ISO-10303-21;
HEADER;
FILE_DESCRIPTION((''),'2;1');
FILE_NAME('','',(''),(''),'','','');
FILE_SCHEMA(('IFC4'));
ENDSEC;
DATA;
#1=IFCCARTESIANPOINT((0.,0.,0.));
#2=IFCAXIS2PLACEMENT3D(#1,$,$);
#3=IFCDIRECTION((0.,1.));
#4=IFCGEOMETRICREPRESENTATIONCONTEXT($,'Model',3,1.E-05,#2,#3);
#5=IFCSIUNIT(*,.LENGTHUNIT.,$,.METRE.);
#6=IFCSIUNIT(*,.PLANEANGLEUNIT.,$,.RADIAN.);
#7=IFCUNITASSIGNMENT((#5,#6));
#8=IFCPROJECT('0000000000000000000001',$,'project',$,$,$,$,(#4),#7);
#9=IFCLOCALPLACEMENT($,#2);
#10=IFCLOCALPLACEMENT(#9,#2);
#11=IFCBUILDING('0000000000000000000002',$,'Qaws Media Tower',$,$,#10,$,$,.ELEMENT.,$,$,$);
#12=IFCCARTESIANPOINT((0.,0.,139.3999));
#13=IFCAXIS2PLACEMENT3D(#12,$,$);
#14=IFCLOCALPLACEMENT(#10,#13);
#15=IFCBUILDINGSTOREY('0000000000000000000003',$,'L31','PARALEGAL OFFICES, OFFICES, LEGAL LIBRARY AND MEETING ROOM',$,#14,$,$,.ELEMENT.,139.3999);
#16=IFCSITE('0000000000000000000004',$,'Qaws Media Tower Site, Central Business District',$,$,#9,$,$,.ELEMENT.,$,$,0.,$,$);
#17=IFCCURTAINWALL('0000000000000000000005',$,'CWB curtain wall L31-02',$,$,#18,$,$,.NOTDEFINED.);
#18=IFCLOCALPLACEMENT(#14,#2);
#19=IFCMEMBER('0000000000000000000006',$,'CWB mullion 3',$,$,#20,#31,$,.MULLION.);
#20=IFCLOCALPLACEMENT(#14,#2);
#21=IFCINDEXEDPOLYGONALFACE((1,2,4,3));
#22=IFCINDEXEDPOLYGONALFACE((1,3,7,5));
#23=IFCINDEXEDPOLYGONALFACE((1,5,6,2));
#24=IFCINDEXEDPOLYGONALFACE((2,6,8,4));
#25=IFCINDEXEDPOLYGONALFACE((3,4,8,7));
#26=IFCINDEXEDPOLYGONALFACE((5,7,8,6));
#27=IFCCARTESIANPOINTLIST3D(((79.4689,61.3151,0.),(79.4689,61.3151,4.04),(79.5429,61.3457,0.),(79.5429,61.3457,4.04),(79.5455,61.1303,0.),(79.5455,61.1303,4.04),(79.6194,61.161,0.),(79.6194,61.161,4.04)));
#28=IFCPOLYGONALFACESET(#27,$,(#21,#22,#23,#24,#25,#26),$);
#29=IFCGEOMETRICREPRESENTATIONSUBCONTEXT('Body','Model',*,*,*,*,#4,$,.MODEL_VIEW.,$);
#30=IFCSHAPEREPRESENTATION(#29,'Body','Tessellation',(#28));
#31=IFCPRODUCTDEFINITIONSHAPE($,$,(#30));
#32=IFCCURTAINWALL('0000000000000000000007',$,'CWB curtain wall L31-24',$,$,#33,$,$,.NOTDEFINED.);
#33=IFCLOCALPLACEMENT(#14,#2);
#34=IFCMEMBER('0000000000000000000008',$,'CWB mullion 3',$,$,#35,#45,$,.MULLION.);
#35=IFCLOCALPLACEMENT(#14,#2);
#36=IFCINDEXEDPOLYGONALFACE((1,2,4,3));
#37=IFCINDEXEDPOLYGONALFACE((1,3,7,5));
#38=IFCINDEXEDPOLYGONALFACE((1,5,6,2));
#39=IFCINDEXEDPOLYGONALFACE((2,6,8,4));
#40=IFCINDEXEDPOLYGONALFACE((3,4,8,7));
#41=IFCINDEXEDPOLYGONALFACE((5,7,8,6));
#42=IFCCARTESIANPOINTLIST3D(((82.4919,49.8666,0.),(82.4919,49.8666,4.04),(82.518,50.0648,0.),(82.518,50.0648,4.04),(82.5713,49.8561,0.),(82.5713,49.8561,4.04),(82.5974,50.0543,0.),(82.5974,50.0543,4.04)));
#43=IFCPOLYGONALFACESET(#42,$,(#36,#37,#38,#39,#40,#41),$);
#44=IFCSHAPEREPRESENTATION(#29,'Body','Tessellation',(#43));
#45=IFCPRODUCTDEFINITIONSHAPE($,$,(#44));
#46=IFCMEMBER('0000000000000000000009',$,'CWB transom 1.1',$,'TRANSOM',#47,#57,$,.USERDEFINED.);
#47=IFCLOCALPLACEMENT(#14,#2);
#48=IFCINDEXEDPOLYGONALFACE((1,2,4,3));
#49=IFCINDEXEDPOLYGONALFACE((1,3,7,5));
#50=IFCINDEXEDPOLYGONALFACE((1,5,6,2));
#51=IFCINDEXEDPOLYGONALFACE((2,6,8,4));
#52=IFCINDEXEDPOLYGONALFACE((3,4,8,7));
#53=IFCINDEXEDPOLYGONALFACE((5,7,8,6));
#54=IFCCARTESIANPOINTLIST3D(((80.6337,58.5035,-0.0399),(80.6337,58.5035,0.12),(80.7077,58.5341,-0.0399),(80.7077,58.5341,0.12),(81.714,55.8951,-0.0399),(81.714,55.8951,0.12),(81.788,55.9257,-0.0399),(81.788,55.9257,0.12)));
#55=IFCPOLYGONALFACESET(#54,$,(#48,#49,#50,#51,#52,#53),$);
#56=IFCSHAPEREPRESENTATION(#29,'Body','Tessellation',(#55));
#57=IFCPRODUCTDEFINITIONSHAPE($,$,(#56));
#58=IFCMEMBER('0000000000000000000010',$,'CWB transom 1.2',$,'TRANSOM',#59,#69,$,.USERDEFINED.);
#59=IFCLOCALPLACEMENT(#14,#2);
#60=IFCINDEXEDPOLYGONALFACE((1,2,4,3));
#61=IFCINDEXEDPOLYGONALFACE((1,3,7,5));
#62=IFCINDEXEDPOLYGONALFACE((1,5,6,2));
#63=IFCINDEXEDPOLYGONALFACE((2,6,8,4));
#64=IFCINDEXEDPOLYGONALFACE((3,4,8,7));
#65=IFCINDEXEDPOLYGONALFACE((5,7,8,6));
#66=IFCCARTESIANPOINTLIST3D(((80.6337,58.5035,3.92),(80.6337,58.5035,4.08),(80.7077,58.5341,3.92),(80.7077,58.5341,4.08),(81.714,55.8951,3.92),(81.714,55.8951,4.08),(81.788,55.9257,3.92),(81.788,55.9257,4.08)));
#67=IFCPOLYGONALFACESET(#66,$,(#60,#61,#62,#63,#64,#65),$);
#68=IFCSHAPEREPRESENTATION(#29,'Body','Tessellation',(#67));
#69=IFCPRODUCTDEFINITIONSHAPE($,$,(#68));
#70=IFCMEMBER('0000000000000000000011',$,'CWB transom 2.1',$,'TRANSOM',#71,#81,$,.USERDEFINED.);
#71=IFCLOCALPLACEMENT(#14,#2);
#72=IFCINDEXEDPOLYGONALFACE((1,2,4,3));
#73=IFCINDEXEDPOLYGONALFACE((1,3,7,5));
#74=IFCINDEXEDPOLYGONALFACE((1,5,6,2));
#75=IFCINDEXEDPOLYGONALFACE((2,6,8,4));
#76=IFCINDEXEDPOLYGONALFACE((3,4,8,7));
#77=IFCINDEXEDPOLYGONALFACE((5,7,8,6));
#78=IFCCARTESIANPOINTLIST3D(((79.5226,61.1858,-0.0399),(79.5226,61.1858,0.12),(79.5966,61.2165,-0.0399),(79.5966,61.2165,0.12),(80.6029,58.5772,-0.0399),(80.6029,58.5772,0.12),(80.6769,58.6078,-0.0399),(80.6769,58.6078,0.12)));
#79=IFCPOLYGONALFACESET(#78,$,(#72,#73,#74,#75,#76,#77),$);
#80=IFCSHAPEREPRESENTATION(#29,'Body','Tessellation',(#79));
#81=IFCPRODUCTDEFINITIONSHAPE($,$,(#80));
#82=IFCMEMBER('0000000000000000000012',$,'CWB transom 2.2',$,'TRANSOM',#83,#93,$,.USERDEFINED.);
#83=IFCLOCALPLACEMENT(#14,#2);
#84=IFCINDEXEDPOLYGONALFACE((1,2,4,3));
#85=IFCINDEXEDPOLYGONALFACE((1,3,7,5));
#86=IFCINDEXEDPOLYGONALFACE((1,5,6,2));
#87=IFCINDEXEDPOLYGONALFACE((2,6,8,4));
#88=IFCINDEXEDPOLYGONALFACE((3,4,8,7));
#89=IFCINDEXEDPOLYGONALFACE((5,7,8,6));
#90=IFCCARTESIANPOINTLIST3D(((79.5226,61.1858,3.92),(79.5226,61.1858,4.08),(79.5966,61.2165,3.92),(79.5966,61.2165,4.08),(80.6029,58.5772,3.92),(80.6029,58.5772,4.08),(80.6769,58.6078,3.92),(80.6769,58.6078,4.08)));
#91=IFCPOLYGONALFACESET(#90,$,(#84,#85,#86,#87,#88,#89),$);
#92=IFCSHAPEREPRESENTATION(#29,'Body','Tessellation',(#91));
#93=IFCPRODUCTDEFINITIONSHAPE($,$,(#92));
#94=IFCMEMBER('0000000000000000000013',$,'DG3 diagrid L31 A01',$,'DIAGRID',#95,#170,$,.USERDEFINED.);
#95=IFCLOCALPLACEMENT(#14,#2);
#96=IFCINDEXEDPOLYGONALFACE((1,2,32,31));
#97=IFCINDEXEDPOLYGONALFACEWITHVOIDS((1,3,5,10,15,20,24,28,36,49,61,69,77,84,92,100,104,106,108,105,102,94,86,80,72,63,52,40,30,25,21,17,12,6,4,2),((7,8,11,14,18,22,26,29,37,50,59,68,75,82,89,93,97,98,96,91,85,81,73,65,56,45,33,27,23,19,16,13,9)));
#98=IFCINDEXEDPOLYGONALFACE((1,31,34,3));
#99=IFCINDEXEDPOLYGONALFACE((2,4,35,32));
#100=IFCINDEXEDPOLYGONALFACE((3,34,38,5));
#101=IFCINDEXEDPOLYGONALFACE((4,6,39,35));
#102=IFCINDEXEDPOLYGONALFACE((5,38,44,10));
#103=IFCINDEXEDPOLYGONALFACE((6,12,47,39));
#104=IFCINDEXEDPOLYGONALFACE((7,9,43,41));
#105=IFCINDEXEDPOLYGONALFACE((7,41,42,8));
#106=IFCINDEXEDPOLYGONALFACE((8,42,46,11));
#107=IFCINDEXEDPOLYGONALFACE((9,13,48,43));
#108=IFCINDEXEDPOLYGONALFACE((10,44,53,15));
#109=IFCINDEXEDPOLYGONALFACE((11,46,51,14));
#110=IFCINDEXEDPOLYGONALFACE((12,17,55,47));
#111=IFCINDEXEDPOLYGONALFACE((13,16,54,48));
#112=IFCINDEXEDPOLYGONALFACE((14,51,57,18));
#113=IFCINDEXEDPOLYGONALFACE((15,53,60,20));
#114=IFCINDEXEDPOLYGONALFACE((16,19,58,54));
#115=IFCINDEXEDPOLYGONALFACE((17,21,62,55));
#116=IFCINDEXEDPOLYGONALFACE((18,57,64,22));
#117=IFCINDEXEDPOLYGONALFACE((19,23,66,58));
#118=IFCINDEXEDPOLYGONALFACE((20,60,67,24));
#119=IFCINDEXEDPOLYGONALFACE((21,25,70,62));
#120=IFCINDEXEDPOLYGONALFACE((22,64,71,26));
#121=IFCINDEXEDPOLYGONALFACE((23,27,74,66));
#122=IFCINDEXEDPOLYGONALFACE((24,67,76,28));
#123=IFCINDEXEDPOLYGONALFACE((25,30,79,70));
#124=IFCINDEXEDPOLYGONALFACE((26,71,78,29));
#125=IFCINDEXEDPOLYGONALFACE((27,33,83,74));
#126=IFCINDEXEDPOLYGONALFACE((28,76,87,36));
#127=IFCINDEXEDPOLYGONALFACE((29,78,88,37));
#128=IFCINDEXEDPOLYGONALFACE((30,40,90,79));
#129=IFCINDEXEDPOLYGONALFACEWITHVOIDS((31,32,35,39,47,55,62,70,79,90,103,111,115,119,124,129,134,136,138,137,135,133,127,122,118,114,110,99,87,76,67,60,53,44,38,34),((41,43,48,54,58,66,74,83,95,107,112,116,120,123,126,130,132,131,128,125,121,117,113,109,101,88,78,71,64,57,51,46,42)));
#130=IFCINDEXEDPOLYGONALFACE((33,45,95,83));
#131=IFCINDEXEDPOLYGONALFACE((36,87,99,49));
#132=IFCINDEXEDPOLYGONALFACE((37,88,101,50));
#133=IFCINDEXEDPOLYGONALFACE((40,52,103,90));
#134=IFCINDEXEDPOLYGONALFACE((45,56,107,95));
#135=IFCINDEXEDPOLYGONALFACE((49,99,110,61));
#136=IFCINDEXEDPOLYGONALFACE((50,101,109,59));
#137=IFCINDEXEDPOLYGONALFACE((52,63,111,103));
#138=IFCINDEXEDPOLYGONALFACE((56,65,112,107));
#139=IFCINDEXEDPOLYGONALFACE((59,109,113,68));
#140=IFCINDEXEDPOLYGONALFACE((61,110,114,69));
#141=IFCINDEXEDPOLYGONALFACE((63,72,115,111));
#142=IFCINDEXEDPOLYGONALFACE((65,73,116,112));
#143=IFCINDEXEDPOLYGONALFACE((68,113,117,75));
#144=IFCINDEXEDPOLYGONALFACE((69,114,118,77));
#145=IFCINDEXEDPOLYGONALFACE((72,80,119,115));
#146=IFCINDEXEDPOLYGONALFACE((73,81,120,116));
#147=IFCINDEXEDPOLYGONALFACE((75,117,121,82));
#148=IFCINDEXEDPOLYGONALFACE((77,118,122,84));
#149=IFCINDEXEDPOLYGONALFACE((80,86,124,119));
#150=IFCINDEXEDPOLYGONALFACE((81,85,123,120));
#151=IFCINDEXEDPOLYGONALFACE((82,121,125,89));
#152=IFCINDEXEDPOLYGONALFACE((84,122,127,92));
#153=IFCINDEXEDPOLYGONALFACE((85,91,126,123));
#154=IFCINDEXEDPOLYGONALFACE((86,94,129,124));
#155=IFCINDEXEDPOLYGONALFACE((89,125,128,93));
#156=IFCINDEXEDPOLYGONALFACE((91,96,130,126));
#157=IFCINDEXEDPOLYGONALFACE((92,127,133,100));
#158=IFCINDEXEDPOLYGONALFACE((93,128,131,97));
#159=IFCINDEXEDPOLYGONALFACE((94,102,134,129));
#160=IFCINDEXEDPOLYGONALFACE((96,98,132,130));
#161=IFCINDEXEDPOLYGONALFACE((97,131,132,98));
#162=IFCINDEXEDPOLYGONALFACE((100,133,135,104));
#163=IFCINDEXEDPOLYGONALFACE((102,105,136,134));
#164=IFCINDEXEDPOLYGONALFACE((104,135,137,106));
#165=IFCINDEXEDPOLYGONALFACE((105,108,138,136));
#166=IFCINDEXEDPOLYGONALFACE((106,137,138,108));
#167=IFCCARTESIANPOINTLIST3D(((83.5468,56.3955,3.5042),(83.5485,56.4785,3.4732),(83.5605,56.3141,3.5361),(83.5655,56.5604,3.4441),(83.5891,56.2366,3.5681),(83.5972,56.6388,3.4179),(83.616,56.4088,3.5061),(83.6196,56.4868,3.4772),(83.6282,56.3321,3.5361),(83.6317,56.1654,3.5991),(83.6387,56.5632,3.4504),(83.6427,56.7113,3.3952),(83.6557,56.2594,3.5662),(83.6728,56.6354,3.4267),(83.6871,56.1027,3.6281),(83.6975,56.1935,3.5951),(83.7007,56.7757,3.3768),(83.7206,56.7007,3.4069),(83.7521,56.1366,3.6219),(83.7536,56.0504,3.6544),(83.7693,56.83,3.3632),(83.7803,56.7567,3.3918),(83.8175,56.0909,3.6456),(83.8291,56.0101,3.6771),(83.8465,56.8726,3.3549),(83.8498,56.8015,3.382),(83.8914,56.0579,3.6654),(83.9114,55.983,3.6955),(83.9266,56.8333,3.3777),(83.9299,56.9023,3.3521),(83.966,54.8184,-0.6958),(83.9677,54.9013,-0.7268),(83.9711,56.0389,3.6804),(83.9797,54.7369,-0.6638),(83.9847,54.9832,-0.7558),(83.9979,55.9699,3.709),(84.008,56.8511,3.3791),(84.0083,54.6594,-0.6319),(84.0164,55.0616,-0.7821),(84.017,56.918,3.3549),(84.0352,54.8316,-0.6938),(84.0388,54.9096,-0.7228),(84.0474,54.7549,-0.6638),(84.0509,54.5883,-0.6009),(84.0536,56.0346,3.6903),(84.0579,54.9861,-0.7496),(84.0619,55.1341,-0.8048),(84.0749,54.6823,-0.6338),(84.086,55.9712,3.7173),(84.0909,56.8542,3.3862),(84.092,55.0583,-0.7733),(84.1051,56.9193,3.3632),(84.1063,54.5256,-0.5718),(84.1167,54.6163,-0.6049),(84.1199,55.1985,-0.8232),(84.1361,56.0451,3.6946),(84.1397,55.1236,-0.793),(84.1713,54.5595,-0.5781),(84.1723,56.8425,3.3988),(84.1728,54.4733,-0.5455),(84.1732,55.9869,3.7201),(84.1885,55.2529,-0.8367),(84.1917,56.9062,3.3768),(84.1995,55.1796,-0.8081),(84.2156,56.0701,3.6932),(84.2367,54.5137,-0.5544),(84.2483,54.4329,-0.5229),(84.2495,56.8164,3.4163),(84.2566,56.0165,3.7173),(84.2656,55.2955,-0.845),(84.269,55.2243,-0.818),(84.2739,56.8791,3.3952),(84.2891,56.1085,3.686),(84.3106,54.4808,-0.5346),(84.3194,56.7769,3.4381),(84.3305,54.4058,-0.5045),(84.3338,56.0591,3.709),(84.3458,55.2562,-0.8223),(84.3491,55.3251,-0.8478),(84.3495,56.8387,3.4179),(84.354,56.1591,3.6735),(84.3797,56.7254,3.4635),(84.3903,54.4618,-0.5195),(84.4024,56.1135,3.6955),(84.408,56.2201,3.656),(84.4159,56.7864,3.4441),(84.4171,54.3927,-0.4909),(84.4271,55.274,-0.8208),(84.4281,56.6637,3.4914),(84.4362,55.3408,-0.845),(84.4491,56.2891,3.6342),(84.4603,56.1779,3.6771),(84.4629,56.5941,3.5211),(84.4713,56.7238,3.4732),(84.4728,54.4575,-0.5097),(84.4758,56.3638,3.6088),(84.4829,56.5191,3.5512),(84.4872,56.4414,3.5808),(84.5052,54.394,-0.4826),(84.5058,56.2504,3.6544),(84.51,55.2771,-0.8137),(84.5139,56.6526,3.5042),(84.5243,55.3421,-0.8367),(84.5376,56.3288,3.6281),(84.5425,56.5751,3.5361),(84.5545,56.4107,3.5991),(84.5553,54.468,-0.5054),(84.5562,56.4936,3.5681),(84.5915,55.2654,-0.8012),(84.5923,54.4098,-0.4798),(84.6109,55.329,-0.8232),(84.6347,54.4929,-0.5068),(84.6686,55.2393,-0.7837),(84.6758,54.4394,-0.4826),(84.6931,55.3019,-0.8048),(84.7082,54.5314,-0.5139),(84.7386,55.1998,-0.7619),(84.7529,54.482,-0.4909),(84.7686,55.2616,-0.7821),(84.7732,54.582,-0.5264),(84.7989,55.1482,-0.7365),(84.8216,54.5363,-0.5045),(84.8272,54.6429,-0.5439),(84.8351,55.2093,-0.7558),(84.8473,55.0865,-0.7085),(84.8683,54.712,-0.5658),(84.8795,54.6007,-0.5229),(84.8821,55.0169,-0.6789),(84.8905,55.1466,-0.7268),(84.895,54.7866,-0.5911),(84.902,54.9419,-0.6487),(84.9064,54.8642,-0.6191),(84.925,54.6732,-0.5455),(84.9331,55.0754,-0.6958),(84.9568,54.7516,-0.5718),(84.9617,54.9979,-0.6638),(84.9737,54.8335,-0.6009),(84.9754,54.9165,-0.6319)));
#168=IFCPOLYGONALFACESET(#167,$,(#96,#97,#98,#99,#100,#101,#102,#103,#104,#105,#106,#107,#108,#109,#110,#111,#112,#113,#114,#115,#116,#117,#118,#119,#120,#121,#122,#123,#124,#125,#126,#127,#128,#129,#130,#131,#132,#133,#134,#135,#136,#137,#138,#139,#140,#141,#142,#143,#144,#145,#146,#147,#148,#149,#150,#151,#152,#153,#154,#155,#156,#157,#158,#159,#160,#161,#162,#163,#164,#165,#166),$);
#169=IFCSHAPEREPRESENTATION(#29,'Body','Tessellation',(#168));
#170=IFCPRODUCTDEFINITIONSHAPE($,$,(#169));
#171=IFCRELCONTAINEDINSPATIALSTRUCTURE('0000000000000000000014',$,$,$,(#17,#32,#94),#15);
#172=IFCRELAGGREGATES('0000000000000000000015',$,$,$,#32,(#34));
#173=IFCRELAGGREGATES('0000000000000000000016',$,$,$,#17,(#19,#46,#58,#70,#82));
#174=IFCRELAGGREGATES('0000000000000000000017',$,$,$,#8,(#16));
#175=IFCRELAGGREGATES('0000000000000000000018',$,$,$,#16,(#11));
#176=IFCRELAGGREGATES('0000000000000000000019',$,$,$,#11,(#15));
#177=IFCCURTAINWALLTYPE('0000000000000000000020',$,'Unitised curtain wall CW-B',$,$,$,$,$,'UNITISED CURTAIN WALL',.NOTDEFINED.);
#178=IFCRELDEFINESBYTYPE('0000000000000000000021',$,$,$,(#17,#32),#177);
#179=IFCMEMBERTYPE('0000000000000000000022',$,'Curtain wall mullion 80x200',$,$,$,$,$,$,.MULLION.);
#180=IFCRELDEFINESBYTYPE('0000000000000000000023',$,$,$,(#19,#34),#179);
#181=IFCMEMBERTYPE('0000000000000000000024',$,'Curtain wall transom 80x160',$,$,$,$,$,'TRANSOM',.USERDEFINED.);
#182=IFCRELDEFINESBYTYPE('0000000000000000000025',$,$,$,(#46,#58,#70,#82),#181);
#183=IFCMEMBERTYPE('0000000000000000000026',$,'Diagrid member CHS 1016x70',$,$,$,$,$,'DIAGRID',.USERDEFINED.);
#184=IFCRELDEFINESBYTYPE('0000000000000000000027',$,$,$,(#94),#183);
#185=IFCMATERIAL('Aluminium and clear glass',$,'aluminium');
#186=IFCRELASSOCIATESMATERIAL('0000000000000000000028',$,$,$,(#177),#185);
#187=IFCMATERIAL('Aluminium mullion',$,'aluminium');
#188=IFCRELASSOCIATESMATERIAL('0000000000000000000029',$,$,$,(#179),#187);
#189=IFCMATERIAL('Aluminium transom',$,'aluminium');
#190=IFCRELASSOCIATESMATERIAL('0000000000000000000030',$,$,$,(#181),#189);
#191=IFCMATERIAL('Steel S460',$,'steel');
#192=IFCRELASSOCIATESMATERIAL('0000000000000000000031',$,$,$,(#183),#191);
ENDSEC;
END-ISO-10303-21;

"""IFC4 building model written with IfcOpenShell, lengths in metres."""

from ifc_helpers import new_model, si_unit, direction, frame, origin, origin_2d, place, context, subcontext, project, spatial, rectangle, hollow_circle, extrude, material, material_profile, profile_set, type_object, element, aggregate, save


model = new_model("IFC4")

# Units and contexts
model_context = context("Model", 3, precision=1e-05, world=origin(), true_north=direction((0.0, 1.0)))
body_context = subcontext(model_context, "Body", "Model", "MODEL_VIEW")
ifc_project = project(units=[si_unit("LENGTHUNIT", "METRE"), si_unit("PLANEANGLEUNIT", "RADIAN")], contexts=[model_context])

# Site, building, storey
site_placement = place(None, origin())
site = spatial("IfcSite", under=ifc_project, at=site_placement, Name="Qaws Media Tower Site, Central Business District", CompositionType="ELEMENT", RefElevation=0.0)
building_placement = place(site_placement, origin())
building = spatial("IfcBuilding", under=site, at=building_placement, Name="Qaws Media Tower", CompositionType="ELEMENT")
storey_placement = place(building_placement, frame((0.0, 0.0, 139.3999)))
storey = spatial("IfcBuildingStorey", under=building, at=storey_placement, Name="L31", Description="PARALEGAL OFFICES, OFFICES, LEGAL LIBRARY AND MEETING ROOM", CompositionType="ELEMENT", Elevation=139.3999)

# Curtain wall, member
ifc_material_1 = material(Name="Aluminium and clear glass", Category="aluminium")
curtain_wall_type = type_object("IfcCurtainWallType", Name="Unitised curtain wall CW-B", ElementType="UNITISED CURTAIN WALL", PredefinedType="NOTDEFINED", material=ifc_material_1)
curtain_wall_1_placement = place(storey_placement, origin())
curtain_wall_1 = element("IfcCurtainWall", 1, at=curtain_wall_1_placement, inside=storey, type_object=curtain_wall_type, Name="CWB curtain wall L31-02", PredefinedType="NOTDEFINED")
ifc_material_2 = material(Name="Aluminium mullion", Category="aluminium")
ifc_material_profile_1 = material_profile(ifc_material_2, rectangle(XDim=0.0801, YDim=0.2, at=origin_2d()), Name="80x200")
ifc_profile_set_1 = profile_set([ifc_material_profile_1], Name="Aluminium mullion")
member_type_1 = type_object("IfcMemberType", Name="Curtain wall mullion 80x200", PredefinedType="MULLION", material=ifc_profile_set_1)
member_1_placement = place(storey_placement, frame((79.5442, 61.238, 0.0), z_axis=(0.0, 0.0, 1.0), x_axis=(-0.92388, -0.382683, 0.0)))
member_1 = element("IfcMember", 2, at=member_1_placement, type_object=member_type_1, Name="CWB mullion 3", PredefinedType="MULLION", context=body_context, shape_type="SweptSolid", body=[
    extrude(rectangle(XDim=0.0801, YDim=0.2, at=origin_2d()), origin(), (0.0, 0.0, 1.0), 4.04),
])

# Curtain wall, member
curtain_wall_2_placement = place(storey_placement, origin())
curtain_wall_2 = element("IfcCurtainWall", 3, at=curtain_wall_2_placement, inside=storey, type_object=curtain_wall_type, Name="CWB curtain wall L31-24", PredefinedType="NOTDEFINED")
member_2_placement = place(storey_placement, frame((82.5447, 49.9604, 0.0), z_axis=(0.0, 0.0, 1.0), x_axis=(-0.991445, 0.130526, 0.0)))
member_2 = element("IfcMember", 4, at=member_2_placement, type_object=member_type_1, Name="CWB mullion 3", PredefinedType="MULLION", context=body_context, shape_type="SweptSolid", body=[
    extrude(rectangle(XDim=0.0801, YDim=0.2, at=origin_2d()), origin(), (0.0, 0.0, 1.0), 4.04),
])
aggregate(curtain_wall_2, [member_2])

# Members
ifc_material_3 = material(Name="Aluminium transom", Category="aluminium")
ifc_material_profile_2 = material_profile(ifc_material_3, rectangle(XDim=0.0801, YDim=0.1599, at=origin_2d()), Name="80x160")
ifc_profile_set_2 = profile_set([ifc_material_profile_2], Name="Aluminium transom")
member_type_2 = type_object("IfcMemberType", Name="Curtain wall transom 80x160", ElementType="TRANSOM", PredefinedType="USERDEFINED", material=ifc_profile_set_2)
member_3_placement = place(storey_placement, frame((81.751, 55.9104, 0.04), z_axis=(-0.38265, 0.923894, 0.0), x_axis=(-0.923894, -0.38265, 0.0)))
member_3 = element("IfcMember", 5, at=member_3_placement, type_object=member_type_2, Name="CWB transom 1.1", ObjectType="TRANSOM", PredefinedType="USERDEFINED", context=body_context, shape_type="SweptSolid", body=[
    extrude(rectangle(XDim=0.0801, YDim=0.1599, at=origin_2d()), origin(), (0.0, 0.0, 1.0), 2.8232),
])
member_4_placement = place(storey_placement, frame((81.751, 55.9104, 4.0), z_axis=(-0.38265, 0.923894, 0.0), x_axis=(-0.923894, -0.38265, 0.0)))
member_4 = element("IfcMember", 6, at=member_4_placement, type_object=member_type_2, Name="CWB transom 1.2", ObjectType="TRANSOM", PredefinedType="USERDEFINED", context=body_context, shape_type="SweptSolid", body=[
    extrude(rectangle(XDim=0.0801, YDim=0.1599, at=origin_2d()), origin(), (0.0, 0.0, 1.0), 2.8232),
])
member_5_placement = place(storey_placement, frame((80.6399, 58.5925, 0.04), z_axis=(-0.382619, 0.923906, 0.0), x_axis=(-0.923906, -0.382619, 0.0)))
member_5 = element("IfcMember", 7, at=member_5_placement, type_object=member_type_2, Name="CWB transom 2.1", ObjectType="TRANSOM", PredefinedType="USERDEFINED", context=body_context, shape_type="SweptSolid", body=[
    extrude(rectangle(XDim=0.0801, YDim=0.1599, at=origin_2d()), origin(), (0.0, 0.0, 1.0), 2.8235),
])
member_6_placement = place(storey_placement, frame((80.6399, 58.5925, 4.0), z_axis=(-0.382619, 0.923906, 0.0), x_axis=(-0.923906, -0.382619, 0.0)))
member_6 = element("IfcMember", 8, at=member_6_placement, type_object=member_type_2, Name="CWB transom 2.2", ObjectType="TRANSOM", PredefinedType="USERDEFINED", context=body_context, shape_type="SweptSolid", body=[
    extrude(rectangle(XDim=0.0801, YDim=0.1599, at=origin_2d()), origin(), (0.0, 0.0, 1.0), 2.8235),
])

# Member
ifc_material_4 = material(Name="Steel S460", Category="steel")
ifc_material_profile_3 = material_profile(ifc_material_4, hollow_circle(Radius=0.5081, WallThickness=0.0701, at=origin_2d()), Name="CHS 1016x70")
ifc_profile_set_3 = profile_set([ifc_material_profile_3], Name="Steel S460")
member_type_3 = type_object("IfcMemberType", Name="Diagrid member CHS 1016x70", ElementType="DIAGRID", PredefinedType="USERDEFINED", material=ifc_profile_set_3)
for number, where, z_axis, x_axis, name in (
    (9, (84.4707, 54.8674, -0.6638), (-0.093032, 0.350022, 0.93211), (-0.966446, -0.256871, 0.0), "DG3 diagrid L31 A01"),
):
    element("IfcMember", number, at=place(storey_placement, frame(where, z_axis=z_axis, x_axis=x_axis)), inside=storey, type_object=member_type_3, Name=name, ObjectType="DIAGRID", PredefinedType="USERDEFINED", context=body_context, shape_type="SweptSolid", body=[
        extrude(hollow_circle(Radius=0.5081, WallThickness=0.0701, at=origin_2d()), origin(), (0.0, 0.0, 1.0), 4.5059),
    ])

aggregate(curtain_wall_1, [member_1, member_3, member_4, member_5, member_6])

save(model, "model.ifc")
